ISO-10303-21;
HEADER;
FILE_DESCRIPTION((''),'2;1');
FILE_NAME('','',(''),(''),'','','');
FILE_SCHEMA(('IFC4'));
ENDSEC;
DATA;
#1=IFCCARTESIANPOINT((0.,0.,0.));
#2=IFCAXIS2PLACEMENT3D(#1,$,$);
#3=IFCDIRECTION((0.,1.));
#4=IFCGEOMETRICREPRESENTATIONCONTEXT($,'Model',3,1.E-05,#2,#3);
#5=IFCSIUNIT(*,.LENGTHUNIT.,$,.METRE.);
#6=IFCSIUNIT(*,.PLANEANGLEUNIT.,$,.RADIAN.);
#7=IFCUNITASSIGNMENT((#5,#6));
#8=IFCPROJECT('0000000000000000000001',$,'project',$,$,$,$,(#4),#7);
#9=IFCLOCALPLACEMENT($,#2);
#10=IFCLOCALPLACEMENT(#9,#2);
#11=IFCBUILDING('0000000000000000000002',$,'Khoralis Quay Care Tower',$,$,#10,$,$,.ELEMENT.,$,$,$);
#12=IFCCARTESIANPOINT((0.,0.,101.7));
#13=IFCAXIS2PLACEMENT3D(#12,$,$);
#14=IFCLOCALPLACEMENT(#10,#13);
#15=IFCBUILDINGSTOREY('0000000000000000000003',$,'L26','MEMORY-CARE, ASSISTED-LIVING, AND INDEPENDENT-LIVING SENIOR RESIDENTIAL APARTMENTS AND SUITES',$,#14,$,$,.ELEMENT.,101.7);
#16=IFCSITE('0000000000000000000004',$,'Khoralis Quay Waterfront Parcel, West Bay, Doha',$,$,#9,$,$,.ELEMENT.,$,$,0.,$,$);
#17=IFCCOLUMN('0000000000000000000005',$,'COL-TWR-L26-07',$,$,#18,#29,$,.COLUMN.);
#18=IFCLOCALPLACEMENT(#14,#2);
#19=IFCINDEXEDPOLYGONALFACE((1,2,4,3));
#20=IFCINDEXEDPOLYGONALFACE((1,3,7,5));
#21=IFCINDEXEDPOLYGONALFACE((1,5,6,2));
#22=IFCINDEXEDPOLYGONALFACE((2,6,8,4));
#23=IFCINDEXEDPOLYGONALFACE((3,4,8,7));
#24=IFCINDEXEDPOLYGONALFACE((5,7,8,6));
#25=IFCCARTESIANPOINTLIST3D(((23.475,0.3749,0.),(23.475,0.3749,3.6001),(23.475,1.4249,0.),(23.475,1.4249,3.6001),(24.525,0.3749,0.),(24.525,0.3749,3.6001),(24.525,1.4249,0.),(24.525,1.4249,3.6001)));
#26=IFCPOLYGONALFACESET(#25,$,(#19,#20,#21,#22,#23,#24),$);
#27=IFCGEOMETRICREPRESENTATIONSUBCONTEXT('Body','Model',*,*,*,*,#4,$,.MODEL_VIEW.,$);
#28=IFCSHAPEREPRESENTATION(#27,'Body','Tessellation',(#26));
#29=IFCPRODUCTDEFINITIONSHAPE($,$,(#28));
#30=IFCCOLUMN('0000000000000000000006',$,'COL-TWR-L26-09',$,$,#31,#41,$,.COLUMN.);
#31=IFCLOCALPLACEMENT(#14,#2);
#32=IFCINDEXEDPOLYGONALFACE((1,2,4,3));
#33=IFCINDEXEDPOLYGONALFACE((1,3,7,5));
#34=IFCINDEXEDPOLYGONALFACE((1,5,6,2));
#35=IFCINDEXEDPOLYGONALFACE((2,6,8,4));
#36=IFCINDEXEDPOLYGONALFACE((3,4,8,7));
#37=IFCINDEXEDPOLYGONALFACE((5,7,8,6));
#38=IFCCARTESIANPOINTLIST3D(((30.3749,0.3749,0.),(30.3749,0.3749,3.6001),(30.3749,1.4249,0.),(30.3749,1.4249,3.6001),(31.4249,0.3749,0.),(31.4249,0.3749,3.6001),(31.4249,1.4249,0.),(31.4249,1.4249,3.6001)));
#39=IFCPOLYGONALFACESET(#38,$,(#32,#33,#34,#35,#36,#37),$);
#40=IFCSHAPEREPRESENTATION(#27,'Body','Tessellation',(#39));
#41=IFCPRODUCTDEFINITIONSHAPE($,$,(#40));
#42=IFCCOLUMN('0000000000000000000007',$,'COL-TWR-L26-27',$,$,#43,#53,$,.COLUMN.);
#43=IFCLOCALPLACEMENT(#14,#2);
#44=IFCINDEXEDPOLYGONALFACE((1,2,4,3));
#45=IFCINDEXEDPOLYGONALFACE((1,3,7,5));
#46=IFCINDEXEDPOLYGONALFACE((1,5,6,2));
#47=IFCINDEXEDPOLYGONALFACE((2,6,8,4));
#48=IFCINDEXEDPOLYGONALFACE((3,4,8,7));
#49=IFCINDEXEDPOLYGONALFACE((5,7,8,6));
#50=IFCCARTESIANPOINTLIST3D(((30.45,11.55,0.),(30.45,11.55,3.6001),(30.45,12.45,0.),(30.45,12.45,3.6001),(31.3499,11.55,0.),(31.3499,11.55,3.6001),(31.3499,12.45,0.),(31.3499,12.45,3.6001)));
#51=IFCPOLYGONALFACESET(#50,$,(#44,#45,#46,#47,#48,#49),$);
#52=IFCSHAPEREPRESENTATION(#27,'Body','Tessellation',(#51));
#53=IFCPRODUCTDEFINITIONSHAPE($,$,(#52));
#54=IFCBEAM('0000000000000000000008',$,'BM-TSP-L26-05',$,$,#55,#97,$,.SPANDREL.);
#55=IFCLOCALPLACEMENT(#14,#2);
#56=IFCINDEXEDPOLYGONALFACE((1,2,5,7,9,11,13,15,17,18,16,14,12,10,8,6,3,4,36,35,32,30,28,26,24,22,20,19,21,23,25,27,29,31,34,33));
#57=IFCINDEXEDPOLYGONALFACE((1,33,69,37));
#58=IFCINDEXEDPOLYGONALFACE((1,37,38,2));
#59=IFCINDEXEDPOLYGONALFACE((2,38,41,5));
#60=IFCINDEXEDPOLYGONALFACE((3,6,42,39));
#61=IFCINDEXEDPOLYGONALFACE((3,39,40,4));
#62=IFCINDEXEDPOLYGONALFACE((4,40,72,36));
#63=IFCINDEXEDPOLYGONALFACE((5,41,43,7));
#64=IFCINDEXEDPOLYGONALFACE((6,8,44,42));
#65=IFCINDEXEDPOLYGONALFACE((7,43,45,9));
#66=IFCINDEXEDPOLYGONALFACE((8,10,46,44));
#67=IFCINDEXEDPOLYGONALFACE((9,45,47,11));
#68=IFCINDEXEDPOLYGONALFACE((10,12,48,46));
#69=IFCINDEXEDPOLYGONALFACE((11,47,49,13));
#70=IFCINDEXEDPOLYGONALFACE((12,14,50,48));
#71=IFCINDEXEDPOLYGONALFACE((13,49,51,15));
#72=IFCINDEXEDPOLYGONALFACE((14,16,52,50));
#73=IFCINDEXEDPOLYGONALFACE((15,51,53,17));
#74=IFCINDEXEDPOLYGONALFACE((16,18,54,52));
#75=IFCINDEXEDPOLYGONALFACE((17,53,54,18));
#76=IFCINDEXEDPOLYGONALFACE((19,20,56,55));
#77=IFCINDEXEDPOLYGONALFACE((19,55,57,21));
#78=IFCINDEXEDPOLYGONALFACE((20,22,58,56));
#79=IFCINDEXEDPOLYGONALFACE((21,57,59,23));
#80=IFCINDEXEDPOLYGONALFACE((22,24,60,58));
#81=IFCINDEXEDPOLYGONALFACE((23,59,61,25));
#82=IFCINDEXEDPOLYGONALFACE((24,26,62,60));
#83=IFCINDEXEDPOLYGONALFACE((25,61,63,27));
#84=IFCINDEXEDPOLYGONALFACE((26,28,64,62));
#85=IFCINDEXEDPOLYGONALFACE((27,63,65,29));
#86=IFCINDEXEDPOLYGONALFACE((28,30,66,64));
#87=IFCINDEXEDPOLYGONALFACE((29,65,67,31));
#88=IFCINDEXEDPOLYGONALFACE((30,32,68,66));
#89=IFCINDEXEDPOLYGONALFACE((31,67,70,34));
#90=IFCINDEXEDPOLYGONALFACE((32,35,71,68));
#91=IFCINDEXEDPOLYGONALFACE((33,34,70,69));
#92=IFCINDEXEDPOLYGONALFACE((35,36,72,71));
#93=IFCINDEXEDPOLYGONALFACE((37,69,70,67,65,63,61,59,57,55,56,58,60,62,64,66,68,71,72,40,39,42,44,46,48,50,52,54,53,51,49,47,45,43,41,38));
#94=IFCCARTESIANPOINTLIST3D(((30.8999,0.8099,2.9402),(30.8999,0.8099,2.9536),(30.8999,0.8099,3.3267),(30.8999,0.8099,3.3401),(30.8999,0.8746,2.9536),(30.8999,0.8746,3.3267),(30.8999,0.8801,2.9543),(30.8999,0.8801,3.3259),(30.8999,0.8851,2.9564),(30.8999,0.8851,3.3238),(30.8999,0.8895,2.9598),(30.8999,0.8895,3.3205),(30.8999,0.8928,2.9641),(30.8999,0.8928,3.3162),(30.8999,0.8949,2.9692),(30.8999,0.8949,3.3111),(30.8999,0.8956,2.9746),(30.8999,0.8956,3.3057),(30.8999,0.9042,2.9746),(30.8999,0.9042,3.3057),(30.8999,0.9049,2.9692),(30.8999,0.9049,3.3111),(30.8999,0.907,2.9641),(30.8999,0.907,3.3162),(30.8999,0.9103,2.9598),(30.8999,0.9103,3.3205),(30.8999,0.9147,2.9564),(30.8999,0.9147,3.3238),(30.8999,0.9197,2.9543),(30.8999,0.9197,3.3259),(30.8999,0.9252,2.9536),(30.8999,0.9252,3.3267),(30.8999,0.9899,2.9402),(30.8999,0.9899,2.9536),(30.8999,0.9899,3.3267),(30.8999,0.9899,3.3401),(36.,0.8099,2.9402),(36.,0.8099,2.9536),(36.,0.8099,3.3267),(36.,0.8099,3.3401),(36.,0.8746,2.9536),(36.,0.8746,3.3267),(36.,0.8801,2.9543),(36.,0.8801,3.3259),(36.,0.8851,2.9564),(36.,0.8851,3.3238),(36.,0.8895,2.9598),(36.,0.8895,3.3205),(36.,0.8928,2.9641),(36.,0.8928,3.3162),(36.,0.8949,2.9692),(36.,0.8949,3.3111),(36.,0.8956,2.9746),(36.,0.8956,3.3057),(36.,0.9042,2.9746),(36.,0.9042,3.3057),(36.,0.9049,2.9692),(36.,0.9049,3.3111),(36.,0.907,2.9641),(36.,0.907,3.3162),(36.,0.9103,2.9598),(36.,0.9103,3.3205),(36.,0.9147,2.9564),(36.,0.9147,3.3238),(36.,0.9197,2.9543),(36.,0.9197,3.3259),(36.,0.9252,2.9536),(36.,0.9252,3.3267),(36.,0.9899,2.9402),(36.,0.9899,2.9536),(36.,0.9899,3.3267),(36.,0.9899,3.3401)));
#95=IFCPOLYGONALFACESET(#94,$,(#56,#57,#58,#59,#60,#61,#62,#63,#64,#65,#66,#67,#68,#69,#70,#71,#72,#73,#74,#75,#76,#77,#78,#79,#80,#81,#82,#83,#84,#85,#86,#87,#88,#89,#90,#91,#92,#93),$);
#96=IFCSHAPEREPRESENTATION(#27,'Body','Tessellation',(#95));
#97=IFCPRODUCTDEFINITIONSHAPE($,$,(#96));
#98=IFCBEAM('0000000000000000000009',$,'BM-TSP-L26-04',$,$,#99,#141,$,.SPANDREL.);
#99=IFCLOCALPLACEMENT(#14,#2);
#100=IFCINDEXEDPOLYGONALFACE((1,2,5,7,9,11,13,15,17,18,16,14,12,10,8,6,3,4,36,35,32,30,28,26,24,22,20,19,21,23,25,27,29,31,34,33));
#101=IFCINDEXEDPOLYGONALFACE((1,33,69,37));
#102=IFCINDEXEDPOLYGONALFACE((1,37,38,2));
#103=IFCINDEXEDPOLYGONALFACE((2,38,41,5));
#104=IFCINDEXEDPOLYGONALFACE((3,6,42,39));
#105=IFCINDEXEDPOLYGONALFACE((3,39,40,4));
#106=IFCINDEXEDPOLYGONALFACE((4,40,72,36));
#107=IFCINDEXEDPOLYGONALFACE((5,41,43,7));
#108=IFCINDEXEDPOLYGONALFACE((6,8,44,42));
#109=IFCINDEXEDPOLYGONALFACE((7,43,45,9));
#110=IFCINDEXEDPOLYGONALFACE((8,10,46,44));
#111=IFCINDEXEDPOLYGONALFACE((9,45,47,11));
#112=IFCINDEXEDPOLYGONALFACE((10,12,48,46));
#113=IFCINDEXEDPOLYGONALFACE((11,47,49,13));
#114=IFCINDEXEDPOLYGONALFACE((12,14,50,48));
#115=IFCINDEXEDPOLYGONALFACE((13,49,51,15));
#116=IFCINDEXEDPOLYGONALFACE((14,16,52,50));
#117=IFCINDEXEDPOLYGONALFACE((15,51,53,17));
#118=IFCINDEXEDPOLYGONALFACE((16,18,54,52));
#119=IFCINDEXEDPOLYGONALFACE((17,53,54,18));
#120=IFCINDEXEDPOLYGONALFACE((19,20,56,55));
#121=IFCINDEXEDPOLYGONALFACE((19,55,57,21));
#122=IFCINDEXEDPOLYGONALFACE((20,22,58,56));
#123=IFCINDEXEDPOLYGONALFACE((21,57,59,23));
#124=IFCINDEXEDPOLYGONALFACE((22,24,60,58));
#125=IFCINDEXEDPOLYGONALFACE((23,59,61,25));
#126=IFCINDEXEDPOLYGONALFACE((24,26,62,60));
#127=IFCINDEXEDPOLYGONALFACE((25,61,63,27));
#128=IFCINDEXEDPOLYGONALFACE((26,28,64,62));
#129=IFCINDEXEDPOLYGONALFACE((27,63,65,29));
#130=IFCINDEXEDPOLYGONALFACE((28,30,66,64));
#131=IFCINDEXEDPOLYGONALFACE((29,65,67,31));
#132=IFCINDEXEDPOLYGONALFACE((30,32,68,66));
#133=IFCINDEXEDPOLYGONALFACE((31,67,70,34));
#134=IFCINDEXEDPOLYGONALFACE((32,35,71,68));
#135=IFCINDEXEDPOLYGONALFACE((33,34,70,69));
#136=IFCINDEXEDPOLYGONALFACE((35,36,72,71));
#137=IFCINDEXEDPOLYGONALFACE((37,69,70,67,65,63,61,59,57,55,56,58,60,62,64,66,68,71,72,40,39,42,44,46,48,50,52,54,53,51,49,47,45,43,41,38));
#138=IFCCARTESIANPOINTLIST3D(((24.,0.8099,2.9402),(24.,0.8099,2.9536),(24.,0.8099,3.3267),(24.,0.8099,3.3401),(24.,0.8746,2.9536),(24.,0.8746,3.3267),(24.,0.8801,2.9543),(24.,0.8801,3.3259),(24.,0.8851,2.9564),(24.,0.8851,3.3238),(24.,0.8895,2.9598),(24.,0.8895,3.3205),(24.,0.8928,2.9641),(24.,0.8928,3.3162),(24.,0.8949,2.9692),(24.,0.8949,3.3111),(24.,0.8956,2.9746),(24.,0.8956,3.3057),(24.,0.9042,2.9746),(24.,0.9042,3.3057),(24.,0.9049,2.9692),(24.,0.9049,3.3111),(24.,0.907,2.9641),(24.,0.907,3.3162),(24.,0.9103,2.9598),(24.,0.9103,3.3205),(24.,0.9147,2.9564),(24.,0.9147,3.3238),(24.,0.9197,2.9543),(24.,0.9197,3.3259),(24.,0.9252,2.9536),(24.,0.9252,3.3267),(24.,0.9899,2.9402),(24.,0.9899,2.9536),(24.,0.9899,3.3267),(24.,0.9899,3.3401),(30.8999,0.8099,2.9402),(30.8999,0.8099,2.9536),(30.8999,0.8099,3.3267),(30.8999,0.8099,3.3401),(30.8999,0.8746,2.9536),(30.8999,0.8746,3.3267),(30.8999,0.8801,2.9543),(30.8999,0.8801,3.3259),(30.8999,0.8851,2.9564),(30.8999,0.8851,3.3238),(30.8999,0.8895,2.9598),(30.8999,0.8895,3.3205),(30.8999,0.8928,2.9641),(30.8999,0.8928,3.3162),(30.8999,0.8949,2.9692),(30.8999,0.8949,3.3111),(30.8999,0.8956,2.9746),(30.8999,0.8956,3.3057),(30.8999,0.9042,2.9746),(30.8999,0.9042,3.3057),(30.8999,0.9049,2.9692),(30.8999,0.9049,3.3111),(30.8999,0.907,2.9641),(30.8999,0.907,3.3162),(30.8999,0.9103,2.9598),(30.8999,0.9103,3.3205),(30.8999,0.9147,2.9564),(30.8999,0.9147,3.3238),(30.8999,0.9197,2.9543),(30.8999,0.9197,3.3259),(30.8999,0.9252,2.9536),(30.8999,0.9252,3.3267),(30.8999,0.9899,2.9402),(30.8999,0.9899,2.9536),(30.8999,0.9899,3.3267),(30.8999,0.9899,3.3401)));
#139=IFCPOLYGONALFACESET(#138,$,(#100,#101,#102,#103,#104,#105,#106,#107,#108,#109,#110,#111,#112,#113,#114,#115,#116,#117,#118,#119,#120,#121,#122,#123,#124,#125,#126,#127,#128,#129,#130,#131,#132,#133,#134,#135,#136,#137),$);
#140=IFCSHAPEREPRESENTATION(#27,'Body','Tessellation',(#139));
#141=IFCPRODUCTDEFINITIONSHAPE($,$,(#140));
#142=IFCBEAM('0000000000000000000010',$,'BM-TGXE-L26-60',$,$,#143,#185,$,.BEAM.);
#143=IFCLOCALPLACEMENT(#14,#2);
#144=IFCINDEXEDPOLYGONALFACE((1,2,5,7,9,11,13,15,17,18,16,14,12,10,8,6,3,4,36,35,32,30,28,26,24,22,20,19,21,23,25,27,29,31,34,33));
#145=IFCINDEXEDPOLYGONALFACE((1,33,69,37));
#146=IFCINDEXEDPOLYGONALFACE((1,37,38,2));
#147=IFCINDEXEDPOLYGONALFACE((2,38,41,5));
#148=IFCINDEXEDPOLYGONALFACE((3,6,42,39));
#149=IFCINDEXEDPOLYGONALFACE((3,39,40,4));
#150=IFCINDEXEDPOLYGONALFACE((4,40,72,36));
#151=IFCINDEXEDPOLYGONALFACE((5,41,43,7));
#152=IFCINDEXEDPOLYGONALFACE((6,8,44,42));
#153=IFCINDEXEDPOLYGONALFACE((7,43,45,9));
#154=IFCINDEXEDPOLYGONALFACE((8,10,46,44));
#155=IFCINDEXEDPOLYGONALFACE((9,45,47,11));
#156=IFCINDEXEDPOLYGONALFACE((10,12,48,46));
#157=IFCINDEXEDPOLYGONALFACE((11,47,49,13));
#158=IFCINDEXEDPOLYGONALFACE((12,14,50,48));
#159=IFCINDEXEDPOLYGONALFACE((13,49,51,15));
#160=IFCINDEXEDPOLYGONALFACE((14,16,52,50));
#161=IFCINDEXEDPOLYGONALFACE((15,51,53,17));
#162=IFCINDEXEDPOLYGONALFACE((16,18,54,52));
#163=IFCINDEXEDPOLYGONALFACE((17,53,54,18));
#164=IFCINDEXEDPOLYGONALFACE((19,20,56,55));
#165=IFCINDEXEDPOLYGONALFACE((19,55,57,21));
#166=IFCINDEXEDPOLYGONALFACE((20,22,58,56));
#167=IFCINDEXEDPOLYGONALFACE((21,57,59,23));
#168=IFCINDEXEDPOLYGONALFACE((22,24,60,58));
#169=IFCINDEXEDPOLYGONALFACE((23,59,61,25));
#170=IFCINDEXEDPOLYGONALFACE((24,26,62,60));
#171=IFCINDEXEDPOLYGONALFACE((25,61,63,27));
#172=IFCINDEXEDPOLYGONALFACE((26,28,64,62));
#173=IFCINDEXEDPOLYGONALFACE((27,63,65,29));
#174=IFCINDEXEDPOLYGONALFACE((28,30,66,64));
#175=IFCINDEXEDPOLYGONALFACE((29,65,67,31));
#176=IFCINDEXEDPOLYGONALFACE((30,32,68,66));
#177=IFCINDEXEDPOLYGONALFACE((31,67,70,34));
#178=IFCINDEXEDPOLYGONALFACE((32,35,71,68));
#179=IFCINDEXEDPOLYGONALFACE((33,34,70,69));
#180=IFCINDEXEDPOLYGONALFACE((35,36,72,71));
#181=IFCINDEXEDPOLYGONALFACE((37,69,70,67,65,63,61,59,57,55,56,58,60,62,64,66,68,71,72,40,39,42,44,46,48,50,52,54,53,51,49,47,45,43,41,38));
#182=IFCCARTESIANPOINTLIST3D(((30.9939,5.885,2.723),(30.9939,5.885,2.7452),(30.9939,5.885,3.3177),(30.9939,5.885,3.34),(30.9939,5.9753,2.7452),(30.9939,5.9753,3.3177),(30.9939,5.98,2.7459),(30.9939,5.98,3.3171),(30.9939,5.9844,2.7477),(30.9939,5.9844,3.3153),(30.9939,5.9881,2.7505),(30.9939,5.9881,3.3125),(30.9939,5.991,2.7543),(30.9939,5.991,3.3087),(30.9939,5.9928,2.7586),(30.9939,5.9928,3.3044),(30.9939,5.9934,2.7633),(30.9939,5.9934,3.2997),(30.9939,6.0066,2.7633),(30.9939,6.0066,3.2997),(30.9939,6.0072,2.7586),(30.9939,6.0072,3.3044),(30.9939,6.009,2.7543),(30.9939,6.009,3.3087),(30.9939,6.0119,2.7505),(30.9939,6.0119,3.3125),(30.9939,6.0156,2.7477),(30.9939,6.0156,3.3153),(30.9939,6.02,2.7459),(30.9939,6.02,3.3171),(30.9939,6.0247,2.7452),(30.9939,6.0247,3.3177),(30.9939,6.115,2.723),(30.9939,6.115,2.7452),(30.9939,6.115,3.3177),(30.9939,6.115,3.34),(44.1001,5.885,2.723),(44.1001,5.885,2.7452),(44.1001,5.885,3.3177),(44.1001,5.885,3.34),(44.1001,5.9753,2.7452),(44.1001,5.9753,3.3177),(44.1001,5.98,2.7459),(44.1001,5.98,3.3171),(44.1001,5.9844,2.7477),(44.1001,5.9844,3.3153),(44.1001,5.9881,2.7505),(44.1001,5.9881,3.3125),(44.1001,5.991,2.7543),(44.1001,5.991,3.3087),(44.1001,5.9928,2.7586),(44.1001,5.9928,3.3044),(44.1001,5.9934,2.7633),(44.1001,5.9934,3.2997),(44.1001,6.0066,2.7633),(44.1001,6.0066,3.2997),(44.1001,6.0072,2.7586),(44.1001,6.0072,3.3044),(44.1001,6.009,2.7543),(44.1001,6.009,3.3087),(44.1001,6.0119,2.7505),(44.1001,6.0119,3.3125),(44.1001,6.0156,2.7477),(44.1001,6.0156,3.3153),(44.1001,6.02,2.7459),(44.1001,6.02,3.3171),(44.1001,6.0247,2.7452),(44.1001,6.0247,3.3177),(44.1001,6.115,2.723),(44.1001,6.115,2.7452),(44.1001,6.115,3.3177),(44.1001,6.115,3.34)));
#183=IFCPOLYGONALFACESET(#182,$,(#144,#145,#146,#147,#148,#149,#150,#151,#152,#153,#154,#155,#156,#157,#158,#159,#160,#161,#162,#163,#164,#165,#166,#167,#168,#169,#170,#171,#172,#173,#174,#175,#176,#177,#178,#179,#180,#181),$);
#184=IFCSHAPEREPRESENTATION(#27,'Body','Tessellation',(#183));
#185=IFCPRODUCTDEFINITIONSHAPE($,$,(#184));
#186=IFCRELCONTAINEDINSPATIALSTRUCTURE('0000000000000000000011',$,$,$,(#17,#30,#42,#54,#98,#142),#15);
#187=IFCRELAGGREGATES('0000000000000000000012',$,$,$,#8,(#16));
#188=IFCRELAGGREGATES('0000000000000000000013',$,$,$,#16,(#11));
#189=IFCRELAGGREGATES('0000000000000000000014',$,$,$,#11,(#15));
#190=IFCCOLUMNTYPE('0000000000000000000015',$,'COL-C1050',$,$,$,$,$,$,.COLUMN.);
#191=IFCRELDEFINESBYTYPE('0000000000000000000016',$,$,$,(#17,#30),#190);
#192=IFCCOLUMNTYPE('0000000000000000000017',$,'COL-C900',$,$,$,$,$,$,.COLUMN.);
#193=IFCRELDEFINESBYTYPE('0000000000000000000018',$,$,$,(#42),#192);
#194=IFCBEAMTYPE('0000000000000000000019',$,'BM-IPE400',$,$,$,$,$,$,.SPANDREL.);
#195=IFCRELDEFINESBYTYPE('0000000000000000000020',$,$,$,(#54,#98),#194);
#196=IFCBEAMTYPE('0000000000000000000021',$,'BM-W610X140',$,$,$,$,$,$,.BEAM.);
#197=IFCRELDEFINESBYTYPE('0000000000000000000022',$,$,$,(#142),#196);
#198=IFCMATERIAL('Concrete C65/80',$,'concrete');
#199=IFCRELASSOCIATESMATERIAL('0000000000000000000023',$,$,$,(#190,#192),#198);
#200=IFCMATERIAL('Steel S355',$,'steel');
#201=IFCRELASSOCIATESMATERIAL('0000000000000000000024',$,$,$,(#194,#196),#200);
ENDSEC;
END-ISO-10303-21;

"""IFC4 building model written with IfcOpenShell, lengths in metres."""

from ifc_helpers import new_model, si_unit, direction, frame, origin, origin_2d, place, context, subcontext, project, spatial, rectangle, i_section, extrude, source, transform, mapped, material, material_profile, profile_set, type_object, element, save


model = new_model("IFC4")

# Units and contexts
model_context = context("Model", 3, precision=1e-05, world=origin(), true_north=direction((0.0, 1.0)))
body_context = subcontext(model_context, "Body", "Model", "MODEL_VIEW")
ifc_project = project(units=[si_unit("LENGTHUNIT", "METRE"), si_unit("PLANEANGLEUNIT", "RADIAN")], contexts=[model_context])

# Site, building, storey
site_placement = place(None, origin())
site = spatial("IfcSite", under=ifc_project, at=site_placement, Name="Khoralis Quay Waterfront Parcel, West Bay, Doha", CompositionType="ELEMENT", RefElevation=0.0)
building_placement = place(site_placement, origin())
building = spatial("IfcBuilding", under=site, at=building_placement, Name="Khoralis Quay Care Tower", CompositionType="ELEMENT")
storey_placement = place(building_placement, frame((0.0, 0.0, 101.7)))
storey = spatial("IfcBuildingStorey", under=building, at=storey_placement, Name="L26", Description="MEMORY-CARE, ASSISTED-LIVING, AND INDEPENDENT-LIVING SENIOR RESIDENTIAL APARTMENTS AND SUITES", CompositionType="ELEMENT", Elevation=101.7)

# Columns
ifc_material_1 = material(Name="Concrete C65/80", Category="concrete")
ifc_material_profile_1 = material_profile(ifc_material_1, rectangle(XDim=1.05, YDim=1.05, at=origin_2d()), Name="Concrete C65/80")
ifc_profile_set_1 = profile_set([ifc_material_profile_1], Name="Concrete C65/80")
column_type_1 = type_object("IfcColumnType", Name="COL-C1050", PredefinedType="COLUMN", material=ifc_profile_set_1)
shared_shape_1 = source(origin(), body_context, "Body", "SweptSolid", [
    extrude(rectangle(XDim=1.05, YDim=1.05, at=origin_2d()), origin(), (0.0, 0.0, 1.0), 3.6001),
])
for number, where, z_axis, x_axis, name in (
    (1, (24.0, 0.8999, 0.0), (0.0, 0.0, 1.0), (1.0, 0.0, 0.0), "COL-TWR-L26-07"),
    (2, (30.8999, 0.8999, 0.0), (0.0, 0.0, 1.0), (1.0, 0.0, 0.0), "COL-TWR-L26-09"),
):
    element("IfcColumn", number, at=place(storey_placement, frame(where, z_axis=z_axis, x_axis=x_axis)), inside=storey, type_object=column_type_1, Name=name, PredefinedType="COLUMN", context=body_context, shape_type="MappedRepresentation", body=[
        mapped(shared_shape_1, transform((0.0, 0.0, 0.0), scale=1.0)),
    ])
ifc_material_profile_2 = material_profile(ifc_material_1, rectangle(XDim=0.8999, YDim=0.8999, at=origin_2d()), Name="Concrete C65/80")
ifc_profile_set_2 = profile_set([ifc_material_profile_2], Name="Concrete C65/80")
column_type_2 = type_object("IfcColumnType", Name="COL-C900", PredefinedType="COLUMN", material=ifc_profile_set_2)
shared_shape_2 = source(origin(), body_context, "Body", "SweptSolid", [
    extrude(rectangle(XDim=0.8999, YDim=0.8999, at=origin_2d()), origin(), (0.0, 0.0, 1.0), 3.6001),
])
column_placement = place(storey_placement, frame((30.8999, 12.0, 0.0), z_axis=(0.0, 0.0, 1.0), x_axis=(1.0, 0.0, 0.0)))
element("IfcColumn", 3, at=column_placement, inside=storey, type_object=column_type_2, Name="COL-TWR-L26-27", PredefinedType="COLUMN", context=body_context, shape_type="MappedRepresentation", body=[
    mapped(shared_shape_2, transform((0.0, 0.0, 0.0), scale=1.0)),
])

# Beams
ifc_material_2 = material(Name="Steel S355", Category="steel")
ifc_material_profile_3 = material_profile(ifc_material_2, i_section(OverallWidth=0.1799, OverallDepth=0.3999, WebThickness=0.0085, FlangeThickness=0.0134, FilletRadius=0.021, at=origin_2d()), Name="Steel S355")
ifc_profile_set_3 = profile_set([ifc_material_profile_3], Name="Steel S355")
beam_type_1 = type_object("IfcBeamType", Name="BM-IPE400", PredefinedType="SPANDREL", material=ifc_profile_set_3)
shared_shape_3 = source(origin(), body_context, "Body", "SweptSolid", [
    extrude(i_section(OverallWidth=0.1799, OverallDepth=0.3999, WebThickness=0.0085, FlangeThickness=0.0134, FilletRadius=0.021, at=origin_2d()), origin(), (0.0, 0.0, 1.0), 5.1001),
])
beam_1_placement = place(storey_placement, frame((30.8999, 0.8999, 3.1401), z_axis=(1.0, 0.0, 0.0), x_axis=(0.0, 1.0, 0.0)))
element("IfcBeam", 4, at=beam_1_placement, inside=storey, type_object=beam_type_1, Name="BM-TSP-L26-05", PredefinedType="SPANDREL", context=body_context, shape_type="MappedRepresentation", body=[
    mapped(shared_shape_3, transform((0.0, 0.0, 0.0), scale=1.0)),
])
shared_shape_4 = source(origin(), body_context, "Body", "SweptSolid", [
    extrude(i_section(OverallWidth=0.1799, OverallDepth=0.3999, WebThickness=0.0085, FlangeThickness=0.0134, FilletRadius=0.021, at=origin_2d()), origin(), (0.0, 0.0, 1.0), 6.8999),
])
beam_2_placement = place(storey_placement, frame((24.0, 0.8999, 3.1401), z_axis=(1.0, 0.0, 0.0), x_axis=(0.0, 1.0, 0.0)))
element("IfcBeam", 5, at=beam_2_placement, inside=storey, type_object=beam_type_1, Name="BM-TSP-L26-04", PredefinedType="SPANDREL", context=body_context, shape_type="MappedRepresentation", body=[
    mapped(shared_shape_4, transform((0.0, 0.0, 0.0), scale=1.0)),
])
ifc_material_profile_4 = material_profile(ifc_material_2, i_section(OverallWidth=0.23, OverallDepth=0.6169, WebThickness=0.0132, FlangeThickness=0.0222, FilletRadius=0.0181, at=origin_2d()), Name="Steel S355")
ifc_profile_set_4 = profile_set([ifc_material_profile_4], Name="Steel S355")
beam_type_2 = type_object("IfcBeamType", Name="BM-W610X140", PredefinedType="BEAM", material=ifc_profile_set_4)
shared_shape_5 = source(origin(), body_context, "Body", "SweptSolid", [
    extrude(i_section(OverallWidth=0.23, OverallDepth=0.6169, WebThickness=0.0132, FlangeThickness=0.0222, FilletRadius=0.0181, at=origin_2d()), origin(), (0.0, 0.0, 1.0), 13.1062),
])
beam_3_placement = place(storey_placement, frame((30.9939, 6.0, 3.0315), z_axis=(1.0, 0.0, 0.0), x_axis=(0.0, 1.0, 0.0)))
element("IfcBeam", 6, at=beam_3_placement, inside=storey, type_object=beam_type_2, Name="BM-TGXE-L26-60", PredefinedType="BEAM", context=body_context, shape_type="MappedRepresentation", body=[
    mapped(shared_shape_5, transform((0.0, 0.0, 0.0), scale=1.0)),
])

save(model, "model.ifc")
